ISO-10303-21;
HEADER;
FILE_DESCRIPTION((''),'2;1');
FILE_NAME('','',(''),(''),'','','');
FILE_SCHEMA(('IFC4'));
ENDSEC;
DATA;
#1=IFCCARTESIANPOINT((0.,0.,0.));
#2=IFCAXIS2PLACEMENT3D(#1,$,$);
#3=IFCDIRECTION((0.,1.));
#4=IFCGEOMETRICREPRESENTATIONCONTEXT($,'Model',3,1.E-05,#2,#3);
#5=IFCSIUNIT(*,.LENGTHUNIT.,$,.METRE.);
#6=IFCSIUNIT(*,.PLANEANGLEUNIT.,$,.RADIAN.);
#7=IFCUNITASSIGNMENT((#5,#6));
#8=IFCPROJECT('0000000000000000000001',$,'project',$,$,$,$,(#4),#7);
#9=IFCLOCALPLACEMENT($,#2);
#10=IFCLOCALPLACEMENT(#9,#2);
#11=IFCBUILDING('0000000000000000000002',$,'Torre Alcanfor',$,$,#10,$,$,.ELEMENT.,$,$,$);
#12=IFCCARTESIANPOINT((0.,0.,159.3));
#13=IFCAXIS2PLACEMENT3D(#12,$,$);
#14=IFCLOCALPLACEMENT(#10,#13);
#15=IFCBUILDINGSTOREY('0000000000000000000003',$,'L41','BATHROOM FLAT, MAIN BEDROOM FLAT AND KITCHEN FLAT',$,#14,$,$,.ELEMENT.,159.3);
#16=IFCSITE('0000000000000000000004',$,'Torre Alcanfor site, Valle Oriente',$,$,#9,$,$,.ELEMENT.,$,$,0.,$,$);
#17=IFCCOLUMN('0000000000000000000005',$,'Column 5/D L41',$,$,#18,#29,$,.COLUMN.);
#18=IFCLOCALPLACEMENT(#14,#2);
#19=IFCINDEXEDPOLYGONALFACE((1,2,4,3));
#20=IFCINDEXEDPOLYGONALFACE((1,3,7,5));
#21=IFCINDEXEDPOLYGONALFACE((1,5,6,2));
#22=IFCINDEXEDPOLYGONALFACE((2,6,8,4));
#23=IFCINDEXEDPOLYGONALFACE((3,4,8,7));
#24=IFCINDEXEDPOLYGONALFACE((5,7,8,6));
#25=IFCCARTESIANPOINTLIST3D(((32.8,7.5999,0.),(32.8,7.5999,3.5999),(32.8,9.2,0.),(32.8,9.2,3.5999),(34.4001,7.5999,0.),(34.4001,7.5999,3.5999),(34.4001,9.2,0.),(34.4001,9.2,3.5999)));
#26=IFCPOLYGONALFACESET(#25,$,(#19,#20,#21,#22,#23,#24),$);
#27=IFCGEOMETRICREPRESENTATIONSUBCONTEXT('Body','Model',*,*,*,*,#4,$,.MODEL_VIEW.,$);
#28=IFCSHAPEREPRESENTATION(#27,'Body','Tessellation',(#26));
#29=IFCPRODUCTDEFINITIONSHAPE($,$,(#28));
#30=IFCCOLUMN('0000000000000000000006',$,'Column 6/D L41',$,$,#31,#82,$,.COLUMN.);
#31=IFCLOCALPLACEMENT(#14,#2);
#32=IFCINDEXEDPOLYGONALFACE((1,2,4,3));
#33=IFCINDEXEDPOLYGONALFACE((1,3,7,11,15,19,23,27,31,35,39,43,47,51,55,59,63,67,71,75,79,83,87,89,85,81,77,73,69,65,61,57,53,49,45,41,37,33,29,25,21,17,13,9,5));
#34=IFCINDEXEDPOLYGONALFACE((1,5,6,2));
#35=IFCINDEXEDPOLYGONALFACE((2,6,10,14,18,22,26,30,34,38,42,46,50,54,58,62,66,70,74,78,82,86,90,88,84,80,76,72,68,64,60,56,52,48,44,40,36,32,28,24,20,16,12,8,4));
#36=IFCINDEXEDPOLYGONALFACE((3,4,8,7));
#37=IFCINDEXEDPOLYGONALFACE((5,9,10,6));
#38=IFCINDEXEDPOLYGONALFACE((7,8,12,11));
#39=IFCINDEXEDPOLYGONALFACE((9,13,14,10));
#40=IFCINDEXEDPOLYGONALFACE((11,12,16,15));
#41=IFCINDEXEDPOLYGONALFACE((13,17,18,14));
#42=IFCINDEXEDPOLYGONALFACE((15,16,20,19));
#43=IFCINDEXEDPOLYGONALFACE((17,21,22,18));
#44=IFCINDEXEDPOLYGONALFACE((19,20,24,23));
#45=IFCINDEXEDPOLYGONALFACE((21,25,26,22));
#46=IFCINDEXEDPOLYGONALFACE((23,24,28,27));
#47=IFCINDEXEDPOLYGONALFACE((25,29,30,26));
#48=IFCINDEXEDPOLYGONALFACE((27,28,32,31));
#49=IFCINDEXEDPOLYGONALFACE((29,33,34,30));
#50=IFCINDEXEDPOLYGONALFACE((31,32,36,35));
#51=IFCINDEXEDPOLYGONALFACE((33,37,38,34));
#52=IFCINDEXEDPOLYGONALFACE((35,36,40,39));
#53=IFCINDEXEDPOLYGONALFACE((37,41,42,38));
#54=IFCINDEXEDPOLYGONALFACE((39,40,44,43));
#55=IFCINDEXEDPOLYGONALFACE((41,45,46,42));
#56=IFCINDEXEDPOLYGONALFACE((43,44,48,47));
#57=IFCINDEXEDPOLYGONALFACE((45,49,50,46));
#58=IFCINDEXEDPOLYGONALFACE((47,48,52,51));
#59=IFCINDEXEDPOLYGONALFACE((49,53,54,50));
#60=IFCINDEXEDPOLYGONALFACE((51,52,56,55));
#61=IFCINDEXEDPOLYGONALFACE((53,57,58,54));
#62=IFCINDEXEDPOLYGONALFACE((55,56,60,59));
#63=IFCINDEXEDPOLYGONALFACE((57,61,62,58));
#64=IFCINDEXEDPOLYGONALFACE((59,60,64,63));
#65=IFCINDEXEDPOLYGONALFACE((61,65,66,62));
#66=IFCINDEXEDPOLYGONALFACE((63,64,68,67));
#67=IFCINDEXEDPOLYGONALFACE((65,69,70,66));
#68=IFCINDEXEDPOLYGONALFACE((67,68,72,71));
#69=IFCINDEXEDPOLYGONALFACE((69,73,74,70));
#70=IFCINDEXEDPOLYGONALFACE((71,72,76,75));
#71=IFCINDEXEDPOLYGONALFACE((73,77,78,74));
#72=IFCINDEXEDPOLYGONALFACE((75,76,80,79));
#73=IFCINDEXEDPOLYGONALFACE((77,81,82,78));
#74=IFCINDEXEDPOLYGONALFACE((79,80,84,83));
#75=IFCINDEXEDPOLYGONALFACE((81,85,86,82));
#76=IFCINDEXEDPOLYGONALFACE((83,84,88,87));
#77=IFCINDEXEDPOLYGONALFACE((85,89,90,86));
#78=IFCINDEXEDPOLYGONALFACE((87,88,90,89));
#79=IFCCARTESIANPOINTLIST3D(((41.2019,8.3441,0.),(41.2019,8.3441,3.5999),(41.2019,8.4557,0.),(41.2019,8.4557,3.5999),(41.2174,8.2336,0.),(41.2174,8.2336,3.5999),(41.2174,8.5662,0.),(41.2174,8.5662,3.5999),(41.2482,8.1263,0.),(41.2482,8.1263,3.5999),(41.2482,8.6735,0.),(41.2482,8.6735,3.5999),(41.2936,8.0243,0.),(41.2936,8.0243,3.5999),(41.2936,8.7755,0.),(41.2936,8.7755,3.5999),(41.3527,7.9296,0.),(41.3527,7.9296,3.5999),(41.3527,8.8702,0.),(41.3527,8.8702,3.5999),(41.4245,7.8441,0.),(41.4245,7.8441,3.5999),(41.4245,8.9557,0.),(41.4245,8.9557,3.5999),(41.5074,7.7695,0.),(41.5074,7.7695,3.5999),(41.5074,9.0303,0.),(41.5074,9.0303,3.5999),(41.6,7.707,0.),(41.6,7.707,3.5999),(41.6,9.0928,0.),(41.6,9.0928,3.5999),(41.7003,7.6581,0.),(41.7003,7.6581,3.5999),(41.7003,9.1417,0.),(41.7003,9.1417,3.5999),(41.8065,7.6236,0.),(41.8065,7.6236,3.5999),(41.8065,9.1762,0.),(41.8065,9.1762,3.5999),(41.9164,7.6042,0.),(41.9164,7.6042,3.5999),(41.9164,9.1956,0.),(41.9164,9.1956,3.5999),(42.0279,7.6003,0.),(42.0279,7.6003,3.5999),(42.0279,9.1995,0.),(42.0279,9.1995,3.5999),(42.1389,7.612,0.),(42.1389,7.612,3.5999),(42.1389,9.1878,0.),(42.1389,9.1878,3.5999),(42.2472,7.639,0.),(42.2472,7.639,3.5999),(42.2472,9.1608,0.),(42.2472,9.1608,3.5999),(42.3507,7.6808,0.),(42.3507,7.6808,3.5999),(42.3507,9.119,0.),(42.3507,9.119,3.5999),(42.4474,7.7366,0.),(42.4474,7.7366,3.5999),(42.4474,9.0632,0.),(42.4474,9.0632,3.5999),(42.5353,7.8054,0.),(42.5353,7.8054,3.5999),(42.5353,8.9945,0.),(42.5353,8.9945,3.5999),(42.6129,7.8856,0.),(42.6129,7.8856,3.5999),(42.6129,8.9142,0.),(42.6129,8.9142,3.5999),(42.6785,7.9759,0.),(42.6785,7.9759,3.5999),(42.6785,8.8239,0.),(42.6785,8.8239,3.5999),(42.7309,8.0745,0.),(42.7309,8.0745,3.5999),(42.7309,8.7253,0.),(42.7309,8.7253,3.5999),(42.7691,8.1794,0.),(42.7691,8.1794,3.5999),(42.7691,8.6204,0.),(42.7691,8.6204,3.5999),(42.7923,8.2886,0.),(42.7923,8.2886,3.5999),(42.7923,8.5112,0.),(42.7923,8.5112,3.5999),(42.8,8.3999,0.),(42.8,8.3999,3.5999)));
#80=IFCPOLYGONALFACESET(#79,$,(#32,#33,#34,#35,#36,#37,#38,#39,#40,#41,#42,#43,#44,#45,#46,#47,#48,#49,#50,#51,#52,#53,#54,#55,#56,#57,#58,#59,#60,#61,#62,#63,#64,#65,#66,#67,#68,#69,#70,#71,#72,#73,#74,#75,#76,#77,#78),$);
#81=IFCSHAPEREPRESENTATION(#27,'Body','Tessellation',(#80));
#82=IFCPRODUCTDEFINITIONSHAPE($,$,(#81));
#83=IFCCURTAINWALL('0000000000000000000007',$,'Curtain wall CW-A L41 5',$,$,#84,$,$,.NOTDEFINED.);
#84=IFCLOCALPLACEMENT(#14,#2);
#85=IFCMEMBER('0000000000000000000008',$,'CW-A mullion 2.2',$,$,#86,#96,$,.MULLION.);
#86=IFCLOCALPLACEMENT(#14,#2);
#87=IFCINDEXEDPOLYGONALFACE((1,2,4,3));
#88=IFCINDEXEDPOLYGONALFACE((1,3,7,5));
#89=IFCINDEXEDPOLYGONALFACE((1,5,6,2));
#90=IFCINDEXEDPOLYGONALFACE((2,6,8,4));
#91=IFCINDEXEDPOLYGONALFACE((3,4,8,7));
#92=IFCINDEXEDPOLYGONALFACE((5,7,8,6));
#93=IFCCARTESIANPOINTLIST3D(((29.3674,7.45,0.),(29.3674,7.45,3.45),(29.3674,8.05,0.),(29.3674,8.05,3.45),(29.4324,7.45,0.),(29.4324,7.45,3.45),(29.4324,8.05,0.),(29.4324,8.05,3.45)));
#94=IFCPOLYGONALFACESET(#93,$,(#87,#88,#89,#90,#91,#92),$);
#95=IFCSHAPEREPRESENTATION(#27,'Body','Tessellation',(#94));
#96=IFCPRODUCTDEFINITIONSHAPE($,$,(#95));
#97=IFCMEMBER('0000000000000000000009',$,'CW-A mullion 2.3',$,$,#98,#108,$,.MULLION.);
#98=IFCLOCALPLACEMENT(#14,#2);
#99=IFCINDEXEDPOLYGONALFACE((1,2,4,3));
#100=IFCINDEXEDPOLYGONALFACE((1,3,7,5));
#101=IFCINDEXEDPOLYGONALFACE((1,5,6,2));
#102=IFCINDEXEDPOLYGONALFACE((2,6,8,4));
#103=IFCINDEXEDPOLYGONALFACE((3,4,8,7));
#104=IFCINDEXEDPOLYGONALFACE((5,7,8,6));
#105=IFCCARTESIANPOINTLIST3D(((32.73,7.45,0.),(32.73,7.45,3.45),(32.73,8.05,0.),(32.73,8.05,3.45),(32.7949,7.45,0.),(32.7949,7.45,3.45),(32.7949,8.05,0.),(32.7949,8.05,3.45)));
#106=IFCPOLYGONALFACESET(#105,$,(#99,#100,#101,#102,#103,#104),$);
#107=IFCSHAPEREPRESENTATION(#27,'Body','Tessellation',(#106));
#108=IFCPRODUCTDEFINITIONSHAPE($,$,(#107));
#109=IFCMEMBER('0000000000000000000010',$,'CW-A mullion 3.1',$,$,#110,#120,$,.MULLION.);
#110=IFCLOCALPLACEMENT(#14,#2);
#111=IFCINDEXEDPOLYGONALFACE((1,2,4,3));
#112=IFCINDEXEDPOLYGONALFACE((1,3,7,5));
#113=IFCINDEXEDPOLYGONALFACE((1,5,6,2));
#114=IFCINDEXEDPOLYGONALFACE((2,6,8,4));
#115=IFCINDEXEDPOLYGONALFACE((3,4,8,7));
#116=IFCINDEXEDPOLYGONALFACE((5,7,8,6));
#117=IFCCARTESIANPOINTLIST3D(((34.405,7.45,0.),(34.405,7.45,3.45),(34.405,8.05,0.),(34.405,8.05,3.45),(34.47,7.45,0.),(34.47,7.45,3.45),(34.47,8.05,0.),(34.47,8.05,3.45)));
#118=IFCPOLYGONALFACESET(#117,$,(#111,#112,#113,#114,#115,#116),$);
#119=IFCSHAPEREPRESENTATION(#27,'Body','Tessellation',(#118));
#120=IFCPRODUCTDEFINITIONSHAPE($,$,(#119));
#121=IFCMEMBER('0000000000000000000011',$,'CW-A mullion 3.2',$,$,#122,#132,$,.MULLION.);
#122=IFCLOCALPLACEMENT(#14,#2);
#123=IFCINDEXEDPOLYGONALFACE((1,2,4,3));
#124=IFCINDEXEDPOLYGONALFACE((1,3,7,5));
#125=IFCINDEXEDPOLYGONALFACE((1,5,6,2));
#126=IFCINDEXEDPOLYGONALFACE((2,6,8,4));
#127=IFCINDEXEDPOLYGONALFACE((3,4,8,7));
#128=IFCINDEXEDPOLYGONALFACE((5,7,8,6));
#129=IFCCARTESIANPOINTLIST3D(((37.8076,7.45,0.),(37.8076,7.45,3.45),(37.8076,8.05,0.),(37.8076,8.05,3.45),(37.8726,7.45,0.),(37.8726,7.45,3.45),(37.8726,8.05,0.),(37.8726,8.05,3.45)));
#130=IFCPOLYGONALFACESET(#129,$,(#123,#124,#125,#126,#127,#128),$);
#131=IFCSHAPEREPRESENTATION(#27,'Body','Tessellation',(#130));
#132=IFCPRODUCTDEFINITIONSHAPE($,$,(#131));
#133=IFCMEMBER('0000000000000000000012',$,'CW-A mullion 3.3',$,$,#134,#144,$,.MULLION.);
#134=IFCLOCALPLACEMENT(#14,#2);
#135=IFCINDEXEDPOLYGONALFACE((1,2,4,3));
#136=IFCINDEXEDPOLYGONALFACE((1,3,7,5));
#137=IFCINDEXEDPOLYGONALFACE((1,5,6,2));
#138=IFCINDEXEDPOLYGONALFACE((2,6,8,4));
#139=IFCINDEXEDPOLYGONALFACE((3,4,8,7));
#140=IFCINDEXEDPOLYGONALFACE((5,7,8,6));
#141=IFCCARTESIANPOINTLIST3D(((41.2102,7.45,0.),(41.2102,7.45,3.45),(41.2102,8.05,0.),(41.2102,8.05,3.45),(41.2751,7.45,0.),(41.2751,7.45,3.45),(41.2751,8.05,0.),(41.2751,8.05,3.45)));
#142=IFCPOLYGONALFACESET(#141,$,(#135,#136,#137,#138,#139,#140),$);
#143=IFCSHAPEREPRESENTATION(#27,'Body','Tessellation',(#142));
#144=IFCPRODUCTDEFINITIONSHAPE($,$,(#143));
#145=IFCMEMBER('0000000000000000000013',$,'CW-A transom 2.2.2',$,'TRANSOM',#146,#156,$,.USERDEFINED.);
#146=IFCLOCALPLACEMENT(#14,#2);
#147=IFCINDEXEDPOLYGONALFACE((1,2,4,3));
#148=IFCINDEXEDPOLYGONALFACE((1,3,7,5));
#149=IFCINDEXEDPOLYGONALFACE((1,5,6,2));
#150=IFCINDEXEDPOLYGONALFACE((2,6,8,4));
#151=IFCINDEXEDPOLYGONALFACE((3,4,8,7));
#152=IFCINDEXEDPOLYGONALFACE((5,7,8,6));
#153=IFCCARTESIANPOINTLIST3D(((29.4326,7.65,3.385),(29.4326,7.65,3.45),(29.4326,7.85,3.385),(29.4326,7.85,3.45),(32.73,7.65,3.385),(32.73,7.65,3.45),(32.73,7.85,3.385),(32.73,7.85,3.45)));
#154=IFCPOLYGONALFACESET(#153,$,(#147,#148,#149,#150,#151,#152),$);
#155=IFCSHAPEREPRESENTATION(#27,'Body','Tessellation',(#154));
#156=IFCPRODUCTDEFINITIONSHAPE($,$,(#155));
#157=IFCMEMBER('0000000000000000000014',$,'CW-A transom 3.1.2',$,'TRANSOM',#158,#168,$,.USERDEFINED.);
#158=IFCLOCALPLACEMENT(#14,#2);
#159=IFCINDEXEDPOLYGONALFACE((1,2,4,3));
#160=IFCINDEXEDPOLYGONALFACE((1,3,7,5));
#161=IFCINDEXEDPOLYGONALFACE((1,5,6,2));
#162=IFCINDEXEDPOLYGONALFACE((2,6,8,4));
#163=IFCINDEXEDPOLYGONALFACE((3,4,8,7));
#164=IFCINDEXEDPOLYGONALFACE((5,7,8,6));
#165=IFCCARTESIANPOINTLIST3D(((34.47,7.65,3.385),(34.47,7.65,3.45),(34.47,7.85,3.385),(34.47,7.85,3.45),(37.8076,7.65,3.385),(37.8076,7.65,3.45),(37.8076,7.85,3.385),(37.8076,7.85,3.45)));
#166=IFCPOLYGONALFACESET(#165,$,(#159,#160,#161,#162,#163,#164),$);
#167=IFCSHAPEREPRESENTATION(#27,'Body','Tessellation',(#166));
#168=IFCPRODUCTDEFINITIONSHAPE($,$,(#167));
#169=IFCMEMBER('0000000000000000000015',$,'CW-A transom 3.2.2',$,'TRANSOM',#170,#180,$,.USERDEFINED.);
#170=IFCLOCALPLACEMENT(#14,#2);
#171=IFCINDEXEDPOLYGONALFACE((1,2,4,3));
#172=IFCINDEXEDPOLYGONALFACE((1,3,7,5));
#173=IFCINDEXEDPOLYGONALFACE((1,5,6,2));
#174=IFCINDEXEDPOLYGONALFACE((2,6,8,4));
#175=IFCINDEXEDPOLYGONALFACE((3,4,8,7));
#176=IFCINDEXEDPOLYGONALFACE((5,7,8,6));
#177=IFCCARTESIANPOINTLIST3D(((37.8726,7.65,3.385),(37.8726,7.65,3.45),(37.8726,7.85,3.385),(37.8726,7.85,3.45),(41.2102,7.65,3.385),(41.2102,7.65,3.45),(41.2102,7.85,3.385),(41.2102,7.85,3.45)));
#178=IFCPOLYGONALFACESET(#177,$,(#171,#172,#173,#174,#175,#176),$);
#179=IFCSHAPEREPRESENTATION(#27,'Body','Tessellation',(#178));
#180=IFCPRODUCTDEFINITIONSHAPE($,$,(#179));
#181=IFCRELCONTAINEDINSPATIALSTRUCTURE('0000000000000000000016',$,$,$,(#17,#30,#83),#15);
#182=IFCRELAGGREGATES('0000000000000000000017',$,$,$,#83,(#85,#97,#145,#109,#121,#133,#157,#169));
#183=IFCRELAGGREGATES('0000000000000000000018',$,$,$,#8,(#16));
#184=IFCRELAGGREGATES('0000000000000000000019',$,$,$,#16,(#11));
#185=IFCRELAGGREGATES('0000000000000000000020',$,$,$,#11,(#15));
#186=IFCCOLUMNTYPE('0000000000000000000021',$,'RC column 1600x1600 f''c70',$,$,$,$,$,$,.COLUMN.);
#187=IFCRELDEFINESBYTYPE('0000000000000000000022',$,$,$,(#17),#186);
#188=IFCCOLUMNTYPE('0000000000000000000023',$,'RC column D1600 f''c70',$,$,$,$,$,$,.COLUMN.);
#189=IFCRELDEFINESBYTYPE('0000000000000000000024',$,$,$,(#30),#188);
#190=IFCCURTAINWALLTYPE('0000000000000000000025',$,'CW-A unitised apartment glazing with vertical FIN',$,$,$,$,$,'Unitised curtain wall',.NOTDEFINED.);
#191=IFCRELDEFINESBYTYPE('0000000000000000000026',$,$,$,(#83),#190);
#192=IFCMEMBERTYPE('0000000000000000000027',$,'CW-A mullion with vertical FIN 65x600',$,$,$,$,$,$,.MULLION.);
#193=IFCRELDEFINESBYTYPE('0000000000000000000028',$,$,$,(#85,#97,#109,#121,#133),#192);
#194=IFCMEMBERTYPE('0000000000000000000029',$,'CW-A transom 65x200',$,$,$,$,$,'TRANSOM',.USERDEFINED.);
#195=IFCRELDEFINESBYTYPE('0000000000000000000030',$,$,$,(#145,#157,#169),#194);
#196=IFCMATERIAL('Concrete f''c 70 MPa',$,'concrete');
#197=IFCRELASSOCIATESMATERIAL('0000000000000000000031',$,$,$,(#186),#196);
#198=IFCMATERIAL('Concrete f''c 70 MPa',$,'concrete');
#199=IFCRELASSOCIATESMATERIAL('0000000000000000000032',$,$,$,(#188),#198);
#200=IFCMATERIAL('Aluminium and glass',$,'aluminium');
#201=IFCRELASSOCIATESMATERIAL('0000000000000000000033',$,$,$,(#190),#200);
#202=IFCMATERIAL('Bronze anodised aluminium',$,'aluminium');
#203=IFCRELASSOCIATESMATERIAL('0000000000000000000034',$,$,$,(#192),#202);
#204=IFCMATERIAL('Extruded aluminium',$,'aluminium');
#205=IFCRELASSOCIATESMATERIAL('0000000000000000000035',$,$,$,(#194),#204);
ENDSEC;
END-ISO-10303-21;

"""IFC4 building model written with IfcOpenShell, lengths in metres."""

from ifc_helpers import new_model, si_unit, direction, frame, origin, origin_2d, place, context, subcontext, project, spatial, rectangle, circle, extrude, material, material_profile, profile_set, type_object, element, aggregate, save


model = new_model("IFC4")

# Units and contexts
model_context = context("Model", 3, precision=1e-05, world=origin(), true_north=direction((0.0, 1.0)))
body_context = subcontext(model_context, "Body", "Model", "MODEL_VIEW")
ifc_project = project(units=[si_unit("LENGTHUNIT", "METRE"), si_unit("PLANEANGLEUNIT", "RADIAN")], contexts=[model_context])

# Site, building, storey
site_placement = place(None, origin())
site = spatial("IfcSite", under=ifc_project, at=site_placement, Name="Torre Alcanfor site, Valle Oriente", CompositionType="ELEMENT", RefElevation=0.0)
building_placement = place(site_placement, origin())
building = spatial("IfcBuilding", under=site, at=building_placement, Name="Torre Alcanfor", CompositionType="ELEMENT")
storey_placement = place(building_placement, frame((0.0, 0.0, 159.3)))
storey = spatial("IfcBuildingStorey", under=building, at=storey_placement, Name="L41", Description="BATHROOM FLAT, MAIN BEDROOM FLAT AND KITCHEN FLAT", CompositionType="ELEMENT", Elevation=159.3)

# Columns
ifc_material_1 = material(Name="Concrete f'c 70 MPa", Category="concrete")
ifc_material_profile_1 = material_profile(ifc_material_1, rectangle(XDim=1.6001, YDim=1.6001, at=origin_2d()), Name="1600x1600")
ifc_profile_set_1 = profile_set([ifc_material_profile_1], Name="Concrete f'c 70 MPa")
column_type_1 = type_object("IfcColumnType", Name="RC column 1600x1600 f'c70", PredefinedType="COLUMN", material=ifc_profile_set_1)
column_1_placement = place(storey_placement, frame((33.6001, 8.3999, 0.0), z_axis=(0.0, 0.0, 1.0), x_axis=(1.0, 0.0, 0.0)))
element("IfcColumn", 1, at=column_1_placement, inside=storey, type_object=column_type_1, Name="Column 5/D L41", PredefinedType="COLUMN", context=body_context, shape_type="SweptSolid", body=[
    extrude(rectangle(XDim=1.6001, YDim=1.6001, at=origin_2d()), origin(), (0.0, 0.0, 1.0), 3.5999),
])
ifc_material_2 = material(Name="Concrete f'c 70 MPa", Category="concrete")
ifc_material_profile_2 = material_profile(ifc_material_2, circle(Radius=0.8, at=origin_2d()), Name="D1600")
ifc_profile_set_2 = profile_set([ifc_material_profile_2], Name="Concrete f'c 70 MPa")
column_type_2 = type_object("IfcColumnType", Name="RC column D1600 f'c70", PredefinedType="COLUMN", material=ifc_profile_set_2)
column_2_placement = place(storey_placement, frame((42.0, 8.3999, 0.0), z_axis=(0.0, 0.0, 1.0), x_axis=(1.0, 0.0, 0.0)))
element("IfcColumn", 2, at=column_2_placement, inside=storey, type_object=column_type_2, Name="Column 6/D L41", PredefinedType="COLUMN", context=body_context, shape_type="SweptSolid", body=[
    extrude(circle(Radius=0.8, at=origin_2d()), origin(), (0.0, 0.0, 1.0), 3.5999),
])

# Curtain wall, members
ifc_material_3 = material(Name="Aluminium and glass", Category="aluminium")
curtain_wall_type = type_object("IfcCurtainWallType", Name="CW-A unitised apartment glazing with vertical FIN", ElementType="Unitised curtain wall", PredefinedType="NOTDEFINED", material=ifc_material_3)
curtain_wall_placement = place(storey_placement, origin())
curtain_wall = element("IfcCurtainWall", 3, at=curtain_wall_placement, inside=storey, type_object=curtain_wall_type, Name="Curtain wall CW-A L41 5", PredefinedType="NOTDEFINED")
ifc_material_4 = material(Name="Bronze anodised aluminium", Category="aluminium")
ifc_material_profile_3 = material_profile(ifc_material_4, rectangle(XDim=0.6001, YDim=0.0649, at=origin_2d()), Name="CW-A mullion 65x600")
ifc_profile_set_3 = profile_set([ifc_material_profile_3], Name="Bronze anodised aluminium")
member_type_1 = type_object("IfcMemberType", Name="CW-A mullion with vertical FIN 65x600", PredefinedType="MULLION", material=ifc_profile_set_3)
member_1_placement = place(storey_placement, frame((29.3999, 7.75, 0.0), z_axis=(0.0, 0.0, 1.0), x_axis=(0.0, 1.0, 0.0)))
member_1 = element("IfcMember", 4, at=member_1_placement, type_object=member_type_1, Name="CW-A mullion 2.2", PredefinedType="MULLION", context=body_context, shape_type="SweptSolid", body=[
    extrude(rectangle(XDim=0.6001, YDim=0.0649, at=origin_2d()), origin(), (0.0, 0.0, 1.0), 3.45),
])
member_2_placement = place(storey_placement, frame((32.7625, 7.75, 0.0), z_axis=(0.0, 0.0, 1.0), x_axis=(0.0, 1.0, 0.0)))
member_2 = element("IfcMember", 5, at=member_2_placement, type_object=member_type_1, Name="CW-A mullion 2.3", PredefinedType="MULLION", context=body_context, shape_type="SweptSolid", body=[
    extrude(rectangle(XDim=0.6001, YDim=0.0649, at=origin_2d()), origin(), (0.0, 0.0, 1.0), 3.45),
])
member_3_placement = place(storey_placement, frame((34.4375, 7.75, 0.0), z_axis=(0.0, 0.0, 1.0), x_axis=(0.0, 1.0, 0.0)))
member_3 = element("IfcMember", 6, at=member_3_placement, type_object=member_type_1, Name="CW-A mullion 3.1", PredefinedType="MULLION", context=body_context, shape_type="SweptSolid", body=[
    extrude(rectangle(XDim=0.6001, YDim=0.0649, at=origin_2d()), origin(), (0.0, 0.0, 1.0), 3.45),
])
member_4_placement = place(storey_placement, frame((37.8401, 7.75, 0.0), z_axis=(0.0, 0.0, 1.0), x_axis=(0.0, 1.0, 0.0)))
member_4 = element("IfcMember", 7, at=member_4_placement, type_object=member_type_1, Name="CW-A mullion 3.2", PredefinedType="MULLION", context=body_context, shape_type="SweptSolid", body=[
    extrude(rectangle(XDim=0.6001, YDim=0.0649, at=origin_2d()), origin(), (0.0, 0.0, 1.0), 3.45),
])
member_5_placement = place(storey_placement, frame((41.2427, 7.75, 0.0), z_axis=(0.0, 0.0, 1.0), x_axis=(0.0, 1.0, 0.0)))
member_5 = element("IfcMember", 8, at=member_5_placement, type_object=member_type_1, Name="CW-A mullion 3.3", PredefinedType="MULLION", context=body_context, shape_type="SweptSolid", body=[
    extrude(rectangle(XDim=0.6001, YDim=0.0649, at=origin_2d()), origin(), (0.0, 0.0, 1.0), 3.45),
])
ifc_material_5 = material(Name="Extruded aluminium", Category="aluminium")
ifc_material_profile_4 = material_profile(ifc_material_5, rectangle(XDim=0.2, YDim=0.0649, at=origin_2d()), Name="CW-A transom 200x65")
ifc_profile_set_4 = profile_set([ifc_material_profile_4], Name="Extruded aluminium")
member_type_2 = type_object("IfcMemberType", Name="CW-A transom 65x200", ElementType="TRANSOM", PredefinedType="USERDEFINED", material=ifc_profile_set_4)
member_6_placement = place(storey_placement, frame((29.4326, 7.75, 3.4175), z_axis=(1.0, 0.0, 0.0), x_axis=(0.0, 1.0, 0.0)))
member_6 = element("IfcMember", 9, at=member_6_placement, type_object=member_type_2, Name="CW-A transom 2.2.2", ObjectType="TRANSOM", PredefinedType="USERDEFINED", context=body_context, shape_type="SweptSolid", body=[
    extrude(rectangle(XDim=0.2, YDim=0.0649, at=origin_2d()), origin(), (0.0, 0.0, 1.0), 3.2974),
])
member_7_placement = place(storey_placement, frame((34.47, 7.75, 3.4175), z_axis=(1.0, 0.0, 0.0), x_axis=(0.0, 1.0, 0.0)))
member_7 = element("IfcMember", 10, at=member_7_placement, type_object=member_type_2, Name="CW-A transom 3.1.2", ObjectType="TRANSOM", PredefinedType="USERDEFINED", context=body_context, shape_type="SweptSolid", body=[
    extrude(rectangle(XDim=0.2, YDim=0.0649, at=origin_2d()), origin(), (0.0, 0.0, 1.0), 3.3376),
])
member_8_placement = place(storey_placement, frame((37.8726, 7.75, 3.4175), z_axis=(1.0, 0.0, 0.0), x_axis=(0.0, 1.0, 0.0)))
member_8 = element("IfcMember", 11, at=member_8_placement, type_object=member_type_2, Name="CW-A transom 3.2.2", ObjectType="TRANSOM", PredefinedType="USERDEFINED", context=body_context, shape_type="SweptSolid", body=[
    extrude(rectangle(XDim=0.2, YDim=0.0649, at=origin_2d()), origin(), (0.0, 0.0, 1.0), 3.3376),
])

aggregate(curtain_wall, [member_1, member_2, member_6, member_3, member_4, member_5, member_7, member_8])

save(model, "model.ifc")
